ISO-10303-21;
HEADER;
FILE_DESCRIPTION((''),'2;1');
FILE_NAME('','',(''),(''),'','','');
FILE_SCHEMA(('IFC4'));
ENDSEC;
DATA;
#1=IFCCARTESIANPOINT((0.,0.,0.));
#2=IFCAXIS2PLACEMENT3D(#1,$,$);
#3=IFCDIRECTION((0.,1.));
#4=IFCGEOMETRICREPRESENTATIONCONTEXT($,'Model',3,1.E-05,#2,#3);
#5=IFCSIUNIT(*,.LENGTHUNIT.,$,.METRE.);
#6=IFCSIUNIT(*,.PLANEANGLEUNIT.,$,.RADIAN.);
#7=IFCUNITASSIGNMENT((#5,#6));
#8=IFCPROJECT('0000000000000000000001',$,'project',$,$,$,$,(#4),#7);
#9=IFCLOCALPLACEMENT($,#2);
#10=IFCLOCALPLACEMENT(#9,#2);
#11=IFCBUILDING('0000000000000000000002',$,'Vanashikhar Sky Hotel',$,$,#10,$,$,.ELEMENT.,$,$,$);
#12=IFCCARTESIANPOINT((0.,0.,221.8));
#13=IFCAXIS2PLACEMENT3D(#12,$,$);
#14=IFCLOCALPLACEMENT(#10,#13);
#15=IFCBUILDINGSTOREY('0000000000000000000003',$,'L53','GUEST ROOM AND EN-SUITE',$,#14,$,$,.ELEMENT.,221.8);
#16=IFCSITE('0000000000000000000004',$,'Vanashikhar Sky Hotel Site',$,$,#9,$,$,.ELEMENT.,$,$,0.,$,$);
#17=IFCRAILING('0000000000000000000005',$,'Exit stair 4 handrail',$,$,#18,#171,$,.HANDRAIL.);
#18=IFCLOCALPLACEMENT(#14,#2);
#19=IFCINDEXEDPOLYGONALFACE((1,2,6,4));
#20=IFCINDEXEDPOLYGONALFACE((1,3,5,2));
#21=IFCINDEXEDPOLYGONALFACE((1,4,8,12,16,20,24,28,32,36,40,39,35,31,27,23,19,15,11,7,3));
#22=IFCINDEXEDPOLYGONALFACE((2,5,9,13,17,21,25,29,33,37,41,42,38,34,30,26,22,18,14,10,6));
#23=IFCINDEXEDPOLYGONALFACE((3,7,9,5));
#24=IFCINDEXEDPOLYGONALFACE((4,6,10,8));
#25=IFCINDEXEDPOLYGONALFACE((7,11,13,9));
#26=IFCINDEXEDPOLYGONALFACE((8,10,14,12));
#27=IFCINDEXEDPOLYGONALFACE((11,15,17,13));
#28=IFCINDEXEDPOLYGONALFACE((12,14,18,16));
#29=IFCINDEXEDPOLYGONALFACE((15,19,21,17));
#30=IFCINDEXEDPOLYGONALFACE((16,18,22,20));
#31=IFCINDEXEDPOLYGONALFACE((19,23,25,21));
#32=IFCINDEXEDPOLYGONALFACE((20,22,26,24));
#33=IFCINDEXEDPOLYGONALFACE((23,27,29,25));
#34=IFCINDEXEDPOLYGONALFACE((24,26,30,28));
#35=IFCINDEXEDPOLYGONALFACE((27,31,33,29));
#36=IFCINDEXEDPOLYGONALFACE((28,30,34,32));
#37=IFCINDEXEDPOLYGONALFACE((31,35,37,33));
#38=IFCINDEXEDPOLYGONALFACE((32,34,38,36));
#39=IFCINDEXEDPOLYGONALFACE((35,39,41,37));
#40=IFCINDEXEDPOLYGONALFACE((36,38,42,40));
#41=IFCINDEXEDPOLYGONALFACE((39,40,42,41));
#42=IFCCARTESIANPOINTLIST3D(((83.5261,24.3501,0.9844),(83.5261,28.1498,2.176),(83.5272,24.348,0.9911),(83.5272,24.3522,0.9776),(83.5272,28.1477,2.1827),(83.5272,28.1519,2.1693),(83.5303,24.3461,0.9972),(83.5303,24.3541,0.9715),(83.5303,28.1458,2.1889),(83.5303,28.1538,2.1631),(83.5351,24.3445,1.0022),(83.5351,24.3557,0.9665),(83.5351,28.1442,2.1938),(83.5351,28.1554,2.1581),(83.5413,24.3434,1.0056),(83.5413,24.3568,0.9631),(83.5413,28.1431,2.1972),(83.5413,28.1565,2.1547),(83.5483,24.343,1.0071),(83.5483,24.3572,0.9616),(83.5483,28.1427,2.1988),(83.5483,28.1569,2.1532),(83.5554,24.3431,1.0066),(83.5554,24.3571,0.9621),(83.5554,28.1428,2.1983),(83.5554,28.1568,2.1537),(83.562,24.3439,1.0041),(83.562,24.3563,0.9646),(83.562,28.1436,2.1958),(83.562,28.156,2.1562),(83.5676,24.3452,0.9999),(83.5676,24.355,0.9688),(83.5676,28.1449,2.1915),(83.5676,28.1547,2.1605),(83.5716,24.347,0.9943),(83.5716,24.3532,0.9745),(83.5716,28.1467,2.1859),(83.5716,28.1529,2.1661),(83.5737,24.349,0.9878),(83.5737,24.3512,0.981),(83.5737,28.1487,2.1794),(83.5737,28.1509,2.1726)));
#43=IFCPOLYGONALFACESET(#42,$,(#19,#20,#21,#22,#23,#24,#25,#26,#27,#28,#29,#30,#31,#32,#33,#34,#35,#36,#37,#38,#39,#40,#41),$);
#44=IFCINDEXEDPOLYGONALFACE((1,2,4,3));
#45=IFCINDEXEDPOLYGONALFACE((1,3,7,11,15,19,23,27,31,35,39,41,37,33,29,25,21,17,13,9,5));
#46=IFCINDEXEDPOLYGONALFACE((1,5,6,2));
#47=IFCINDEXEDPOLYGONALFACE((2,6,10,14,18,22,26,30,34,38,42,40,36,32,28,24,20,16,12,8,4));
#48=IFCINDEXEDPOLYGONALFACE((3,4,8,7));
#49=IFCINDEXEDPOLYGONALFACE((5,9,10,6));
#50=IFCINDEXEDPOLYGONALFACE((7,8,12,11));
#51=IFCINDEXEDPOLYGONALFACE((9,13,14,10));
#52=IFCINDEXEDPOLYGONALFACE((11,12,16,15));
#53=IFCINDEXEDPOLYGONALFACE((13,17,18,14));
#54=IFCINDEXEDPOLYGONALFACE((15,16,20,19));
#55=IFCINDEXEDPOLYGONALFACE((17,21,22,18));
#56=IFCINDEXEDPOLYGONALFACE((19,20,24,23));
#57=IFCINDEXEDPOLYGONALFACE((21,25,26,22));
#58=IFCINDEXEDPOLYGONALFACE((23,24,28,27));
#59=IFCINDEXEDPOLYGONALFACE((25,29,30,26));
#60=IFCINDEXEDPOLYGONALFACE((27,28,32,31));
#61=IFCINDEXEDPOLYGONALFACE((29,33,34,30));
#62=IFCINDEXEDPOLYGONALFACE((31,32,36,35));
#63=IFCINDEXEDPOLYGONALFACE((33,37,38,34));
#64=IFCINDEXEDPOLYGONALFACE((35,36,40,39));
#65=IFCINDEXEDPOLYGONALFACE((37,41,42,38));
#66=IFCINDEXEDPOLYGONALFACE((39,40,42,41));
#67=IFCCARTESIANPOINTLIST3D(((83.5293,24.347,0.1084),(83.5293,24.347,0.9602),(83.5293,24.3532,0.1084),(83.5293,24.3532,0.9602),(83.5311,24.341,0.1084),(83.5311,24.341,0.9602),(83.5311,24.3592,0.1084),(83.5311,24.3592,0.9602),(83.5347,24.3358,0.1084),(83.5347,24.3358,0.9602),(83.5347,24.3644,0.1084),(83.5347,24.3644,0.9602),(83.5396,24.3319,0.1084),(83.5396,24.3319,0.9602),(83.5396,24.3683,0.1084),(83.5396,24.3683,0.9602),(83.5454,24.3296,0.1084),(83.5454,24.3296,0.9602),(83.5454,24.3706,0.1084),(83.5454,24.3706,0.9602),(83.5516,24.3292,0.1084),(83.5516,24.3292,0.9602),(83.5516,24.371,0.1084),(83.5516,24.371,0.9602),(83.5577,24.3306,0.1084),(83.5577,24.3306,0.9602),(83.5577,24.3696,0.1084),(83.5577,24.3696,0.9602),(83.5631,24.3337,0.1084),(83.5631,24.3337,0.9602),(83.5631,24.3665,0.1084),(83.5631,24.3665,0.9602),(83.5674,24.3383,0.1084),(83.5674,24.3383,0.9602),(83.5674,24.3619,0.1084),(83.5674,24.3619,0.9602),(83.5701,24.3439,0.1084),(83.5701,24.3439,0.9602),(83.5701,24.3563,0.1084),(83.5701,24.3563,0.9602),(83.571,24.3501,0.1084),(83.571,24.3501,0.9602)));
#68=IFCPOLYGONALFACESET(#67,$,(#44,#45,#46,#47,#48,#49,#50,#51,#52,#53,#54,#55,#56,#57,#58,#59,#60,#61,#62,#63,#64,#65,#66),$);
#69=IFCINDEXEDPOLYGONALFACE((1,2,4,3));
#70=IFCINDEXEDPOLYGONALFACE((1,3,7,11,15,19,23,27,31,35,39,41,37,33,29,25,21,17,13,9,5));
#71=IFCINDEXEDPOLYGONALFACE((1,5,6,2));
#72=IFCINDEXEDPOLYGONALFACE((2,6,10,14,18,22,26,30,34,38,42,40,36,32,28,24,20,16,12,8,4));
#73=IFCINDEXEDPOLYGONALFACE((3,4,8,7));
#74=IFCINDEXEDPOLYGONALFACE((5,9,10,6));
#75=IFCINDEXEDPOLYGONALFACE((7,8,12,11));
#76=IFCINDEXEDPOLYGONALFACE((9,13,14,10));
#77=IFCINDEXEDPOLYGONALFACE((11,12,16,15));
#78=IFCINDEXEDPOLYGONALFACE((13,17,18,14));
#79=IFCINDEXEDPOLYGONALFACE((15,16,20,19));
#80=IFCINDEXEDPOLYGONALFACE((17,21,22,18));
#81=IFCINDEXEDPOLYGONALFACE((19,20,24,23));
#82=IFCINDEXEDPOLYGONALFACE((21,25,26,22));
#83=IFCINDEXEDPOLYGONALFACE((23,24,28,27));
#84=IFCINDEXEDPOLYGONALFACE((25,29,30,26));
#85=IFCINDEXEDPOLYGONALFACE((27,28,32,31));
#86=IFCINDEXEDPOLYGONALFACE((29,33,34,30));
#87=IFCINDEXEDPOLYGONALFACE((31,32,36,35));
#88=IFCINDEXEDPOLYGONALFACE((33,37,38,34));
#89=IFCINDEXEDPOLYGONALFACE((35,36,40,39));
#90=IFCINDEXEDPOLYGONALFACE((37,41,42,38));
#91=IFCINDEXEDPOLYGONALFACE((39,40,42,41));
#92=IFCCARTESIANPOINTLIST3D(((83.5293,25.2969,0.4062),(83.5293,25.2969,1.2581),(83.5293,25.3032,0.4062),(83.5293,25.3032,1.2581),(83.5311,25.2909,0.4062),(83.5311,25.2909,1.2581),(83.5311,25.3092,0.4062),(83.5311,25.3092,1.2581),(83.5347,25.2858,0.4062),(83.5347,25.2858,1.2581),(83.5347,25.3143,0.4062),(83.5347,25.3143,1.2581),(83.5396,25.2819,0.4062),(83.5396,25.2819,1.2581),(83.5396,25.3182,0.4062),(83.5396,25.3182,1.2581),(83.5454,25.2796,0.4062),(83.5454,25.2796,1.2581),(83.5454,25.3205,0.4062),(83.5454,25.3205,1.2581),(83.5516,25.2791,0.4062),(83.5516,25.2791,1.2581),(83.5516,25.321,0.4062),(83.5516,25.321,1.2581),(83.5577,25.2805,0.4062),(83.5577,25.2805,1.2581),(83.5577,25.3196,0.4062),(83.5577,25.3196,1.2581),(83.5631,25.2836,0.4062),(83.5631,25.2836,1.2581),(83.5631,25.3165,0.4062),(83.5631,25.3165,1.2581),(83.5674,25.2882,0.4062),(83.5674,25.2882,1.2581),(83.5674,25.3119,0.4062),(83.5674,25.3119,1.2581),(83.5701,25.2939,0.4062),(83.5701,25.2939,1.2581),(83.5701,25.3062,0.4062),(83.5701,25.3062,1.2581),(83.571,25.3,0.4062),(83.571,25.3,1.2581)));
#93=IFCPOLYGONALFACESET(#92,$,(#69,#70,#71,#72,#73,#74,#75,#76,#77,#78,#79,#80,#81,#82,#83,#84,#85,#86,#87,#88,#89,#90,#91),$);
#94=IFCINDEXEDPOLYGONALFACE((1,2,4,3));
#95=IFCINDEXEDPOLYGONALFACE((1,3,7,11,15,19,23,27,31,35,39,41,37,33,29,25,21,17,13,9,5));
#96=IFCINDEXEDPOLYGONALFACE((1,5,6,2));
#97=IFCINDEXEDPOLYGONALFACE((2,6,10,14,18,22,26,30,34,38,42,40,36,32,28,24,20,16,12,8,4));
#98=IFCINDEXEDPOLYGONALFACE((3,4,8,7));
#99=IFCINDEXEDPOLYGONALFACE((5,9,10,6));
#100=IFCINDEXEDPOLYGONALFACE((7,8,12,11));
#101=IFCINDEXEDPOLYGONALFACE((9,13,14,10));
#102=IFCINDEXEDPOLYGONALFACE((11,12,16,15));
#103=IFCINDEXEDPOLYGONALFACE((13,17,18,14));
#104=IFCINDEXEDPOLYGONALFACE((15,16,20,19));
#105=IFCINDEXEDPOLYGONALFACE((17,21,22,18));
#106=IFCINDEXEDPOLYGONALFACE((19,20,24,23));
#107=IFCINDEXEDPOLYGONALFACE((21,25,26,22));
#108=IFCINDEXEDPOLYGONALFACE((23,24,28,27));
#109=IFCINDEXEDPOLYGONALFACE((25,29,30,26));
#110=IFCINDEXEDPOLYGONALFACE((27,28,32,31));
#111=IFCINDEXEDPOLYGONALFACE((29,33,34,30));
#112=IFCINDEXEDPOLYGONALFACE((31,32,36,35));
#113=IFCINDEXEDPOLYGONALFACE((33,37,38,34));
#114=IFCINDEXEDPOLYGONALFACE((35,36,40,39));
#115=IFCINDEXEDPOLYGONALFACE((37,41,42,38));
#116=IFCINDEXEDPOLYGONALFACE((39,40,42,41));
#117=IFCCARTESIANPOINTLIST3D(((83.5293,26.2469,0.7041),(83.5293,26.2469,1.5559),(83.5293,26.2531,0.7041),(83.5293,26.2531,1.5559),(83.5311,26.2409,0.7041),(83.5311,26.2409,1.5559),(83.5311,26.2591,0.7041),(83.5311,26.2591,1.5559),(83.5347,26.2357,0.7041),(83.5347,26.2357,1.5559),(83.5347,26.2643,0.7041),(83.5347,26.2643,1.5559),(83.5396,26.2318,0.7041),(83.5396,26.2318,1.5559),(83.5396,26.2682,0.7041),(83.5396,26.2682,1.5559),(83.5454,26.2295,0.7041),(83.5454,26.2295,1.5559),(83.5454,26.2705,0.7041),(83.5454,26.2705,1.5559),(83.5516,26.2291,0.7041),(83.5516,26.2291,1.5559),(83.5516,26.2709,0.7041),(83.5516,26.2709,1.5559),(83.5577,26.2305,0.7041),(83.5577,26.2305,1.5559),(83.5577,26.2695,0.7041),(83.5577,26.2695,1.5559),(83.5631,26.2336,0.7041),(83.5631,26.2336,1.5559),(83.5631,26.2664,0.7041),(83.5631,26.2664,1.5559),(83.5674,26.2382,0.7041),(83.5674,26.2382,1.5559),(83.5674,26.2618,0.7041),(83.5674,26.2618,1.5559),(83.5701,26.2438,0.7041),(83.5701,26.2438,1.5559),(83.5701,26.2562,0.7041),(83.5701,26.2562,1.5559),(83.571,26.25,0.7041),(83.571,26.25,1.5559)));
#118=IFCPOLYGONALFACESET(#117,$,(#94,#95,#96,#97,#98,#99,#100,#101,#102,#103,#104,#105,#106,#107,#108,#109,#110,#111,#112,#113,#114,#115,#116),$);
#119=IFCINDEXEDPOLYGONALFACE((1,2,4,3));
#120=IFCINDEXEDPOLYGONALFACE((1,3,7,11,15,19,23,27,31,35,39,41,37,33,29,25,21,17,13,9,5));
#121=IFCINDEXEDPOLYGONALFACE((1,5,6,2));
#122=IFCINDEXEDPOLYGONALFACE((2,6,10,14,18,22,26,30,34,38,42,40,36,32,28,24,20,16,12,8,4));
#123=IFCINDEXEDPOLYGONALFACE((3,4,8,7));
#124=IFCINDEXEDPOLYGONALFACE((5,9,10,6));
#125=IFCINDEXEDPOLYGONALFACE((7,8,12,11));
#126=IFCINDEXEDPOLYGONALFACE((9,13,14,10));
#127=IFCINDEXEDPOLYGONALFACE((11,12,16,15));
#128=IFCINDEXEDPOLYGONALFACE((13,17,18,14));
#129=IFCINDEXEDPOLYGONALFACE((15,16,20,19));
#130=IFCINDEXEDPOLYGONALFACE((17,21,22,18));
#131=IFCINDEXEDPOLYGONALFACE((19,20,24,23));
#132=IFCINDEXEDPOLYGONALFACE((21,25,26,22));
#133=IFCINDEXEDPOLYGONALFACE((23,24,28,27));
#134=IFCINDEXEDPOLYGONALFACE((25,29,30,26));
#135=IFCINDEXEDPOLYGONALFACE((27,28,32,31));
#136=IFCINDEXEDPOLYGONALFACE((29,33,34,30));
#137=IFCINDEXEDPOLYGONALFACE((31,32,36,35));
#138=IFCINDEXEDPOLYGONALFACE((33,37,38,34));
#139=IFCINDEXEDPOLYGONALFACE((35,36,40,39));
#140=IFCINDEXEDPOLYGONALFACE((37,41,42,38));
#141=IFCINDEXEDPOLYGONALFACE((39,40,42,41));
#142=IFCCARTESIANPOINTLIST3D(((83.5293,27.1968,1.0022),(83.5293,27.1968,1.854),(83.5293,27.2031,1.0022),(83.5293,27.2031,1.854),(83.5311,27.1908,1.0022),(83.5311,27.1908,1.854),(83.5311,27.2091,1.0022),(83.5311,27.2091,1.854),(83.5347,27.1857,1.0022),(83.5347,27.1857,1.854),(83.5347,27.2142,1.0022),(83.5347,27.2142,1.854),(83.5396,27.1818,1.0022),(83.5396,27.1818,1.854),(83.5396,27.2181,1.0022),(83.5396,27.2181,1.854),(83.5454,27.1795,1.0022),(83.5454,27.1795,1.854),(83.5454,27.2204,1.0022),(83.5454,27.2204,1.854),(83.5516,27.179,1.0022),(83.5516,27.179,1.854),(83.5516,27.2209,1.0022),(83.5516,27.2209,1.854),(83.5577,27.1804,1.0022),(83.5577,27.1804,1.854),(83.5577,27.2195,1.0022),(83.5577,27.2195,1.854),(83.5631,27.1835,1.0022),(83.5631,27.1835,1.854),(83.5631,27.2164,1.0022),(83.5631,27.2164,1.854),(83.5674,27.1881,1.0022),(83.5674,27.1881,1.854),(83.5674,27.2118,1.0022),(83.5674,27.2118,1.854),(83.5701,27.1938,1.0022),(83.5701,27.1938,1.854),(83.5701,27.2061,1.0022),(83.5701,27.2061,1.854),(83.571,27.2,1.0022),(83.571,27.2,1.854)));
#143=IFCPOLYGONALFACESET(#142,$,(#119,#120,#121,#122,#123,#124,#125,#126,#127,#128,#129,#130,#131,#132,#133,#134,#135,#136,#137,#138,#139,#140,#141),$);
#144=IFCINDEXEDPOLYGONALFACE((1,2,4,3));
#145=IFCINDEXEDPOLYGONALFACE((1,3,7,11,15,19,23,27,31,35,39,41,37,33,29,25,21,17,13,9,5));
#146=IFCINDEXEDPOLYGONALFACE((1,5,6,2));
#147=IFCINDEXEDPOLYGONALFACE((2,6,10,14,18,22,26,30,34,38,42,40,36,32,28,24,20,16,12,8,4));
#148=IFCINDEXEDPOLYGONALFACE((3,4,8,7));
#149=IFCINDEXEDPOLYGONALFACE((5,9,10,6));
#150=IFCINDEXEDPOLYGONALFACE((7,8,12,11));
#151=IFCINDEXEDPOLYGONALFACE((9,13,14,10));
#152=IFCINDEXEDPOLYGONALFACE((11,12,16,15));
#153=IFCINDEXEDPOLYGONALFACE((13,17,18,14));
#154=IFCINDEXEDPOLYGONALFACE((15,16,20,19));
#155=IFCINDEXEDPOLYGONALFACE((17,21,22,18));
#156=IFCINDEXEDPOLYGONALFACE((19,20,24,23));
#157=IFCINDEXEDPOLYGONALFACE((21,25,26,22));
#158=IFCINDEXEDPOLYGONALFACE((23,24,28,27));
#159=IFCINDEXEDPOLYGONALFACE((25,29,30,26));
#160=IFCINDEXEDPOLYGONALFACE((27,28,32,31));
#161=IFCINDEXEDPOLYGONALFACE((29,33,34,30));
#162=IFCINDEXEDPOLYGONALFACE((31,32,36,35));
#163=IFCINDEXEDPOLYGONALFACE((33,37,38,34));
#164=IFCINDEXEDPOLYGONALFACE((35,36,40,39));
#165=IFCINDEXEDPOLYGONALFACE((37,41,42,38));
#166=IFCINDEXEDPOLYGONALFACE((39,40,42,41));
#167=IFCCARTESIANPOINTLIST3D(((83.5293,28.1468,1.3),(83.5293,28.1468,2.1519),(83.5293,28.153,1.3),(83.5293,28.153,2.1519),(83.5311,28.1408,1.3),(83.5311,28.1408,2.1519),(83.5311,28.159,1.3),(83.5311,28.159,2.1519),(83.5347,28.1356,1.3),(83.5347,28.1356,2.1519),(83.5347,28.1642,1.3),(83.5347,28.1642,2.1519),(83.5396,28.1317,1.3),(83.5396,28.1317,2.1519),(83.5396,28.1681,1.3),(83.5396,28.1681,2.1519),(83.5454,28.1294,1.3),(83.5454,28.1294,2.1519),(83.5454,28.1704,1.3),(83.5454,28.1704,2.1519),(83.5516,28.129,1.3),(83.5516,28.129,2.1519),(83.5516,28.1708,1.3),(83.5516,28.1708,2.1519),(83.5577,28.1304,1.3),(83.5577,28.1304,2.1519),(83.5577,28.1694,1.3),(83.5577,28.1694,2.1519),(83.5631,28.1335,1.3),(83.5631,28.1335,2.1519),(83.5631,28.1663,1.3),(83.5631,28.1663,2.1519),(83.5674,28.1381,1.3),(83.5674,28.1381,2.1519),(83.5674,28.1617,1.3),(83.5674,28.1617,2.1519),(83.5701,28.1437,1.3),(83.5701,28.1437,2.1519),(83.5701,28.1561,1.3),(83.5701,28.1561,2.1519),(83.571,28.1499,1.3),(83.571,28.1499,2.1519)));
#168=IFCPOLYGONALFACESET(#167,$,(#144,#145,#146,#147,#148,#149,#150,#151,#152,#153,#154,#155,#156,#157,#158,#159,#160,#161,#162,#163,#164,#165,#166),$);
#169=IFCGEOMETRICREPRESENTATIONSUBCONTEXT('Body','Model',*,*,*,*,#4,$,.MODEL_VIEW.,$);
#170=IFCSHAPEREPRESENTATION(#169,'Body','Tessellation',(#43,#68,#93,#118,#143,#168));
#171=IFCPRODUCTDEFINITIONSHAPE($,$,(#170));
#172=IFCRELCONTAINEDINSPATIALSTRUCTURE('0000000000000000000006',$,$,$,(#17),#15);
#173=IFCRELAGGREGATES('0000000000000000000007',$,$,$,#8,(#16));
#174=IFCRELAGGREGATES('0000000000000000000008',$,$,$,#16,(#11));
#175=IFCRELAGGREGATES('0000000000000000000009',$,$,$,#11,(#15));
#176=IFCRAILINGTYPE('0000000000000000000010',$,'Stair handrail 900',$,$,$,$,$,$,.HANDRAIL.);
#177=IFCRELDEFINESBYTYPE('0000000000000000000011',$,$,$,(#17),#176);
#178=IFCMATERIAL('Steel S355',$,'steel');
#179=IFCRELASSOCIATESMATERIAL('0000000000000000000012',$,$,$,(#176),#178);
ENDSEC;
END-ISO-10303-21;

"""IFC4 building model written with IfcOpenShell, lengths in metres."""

from ifc_helpers import new_model, si_unit, direction, frame, origin, origin_2d, place, context, subcontext, project, spatial, circle, extrude, source, transform, mapped, material, type_object, element, save


model = new_model("IFC4")

# Units and contexts
model_context = context("Model", 3, precision=1e-05, world=origin(), true_north=direction((0.0, 1.0)))
body_context = subcontext(model_context, "Body", "Model", "MODEL_VIEW")
ifc_project = project(units=[si_unit("LENGTHUNIT", "METRE"), si_unit("PLANEANGLEUNIT", "RADIAN")], contexts=[model_context])

# Site, building, storey
site_placement = place(None, origin())
site = spatial("IfcSite", under=ifc_project, at=site_placement, Name="Vanashikhar Sky Hotel Site", CompositionType="ELEMENT", RefElevation=0.0)
building_placement = place(site_placement, origin())
building = spatial("IfcBuilding", under=site, at=building_placement, Name="Vanashikhar Sky Hotel", CompositionType="ELEMENT")
storey_placement = place(building_placement, frame((0.0, 0.0, 221.8)))
storey = spatial("IfcBuildingStorey", under=building, at=storey_placement, Name="L53", Description="GUEST ROOM AND EN-SUITE", CompositionType="ELEMENT", Elevation=221.8)

# Railing
ifc_material_1 = material(Name="Steel S355", Category="steel")
railing_type_1 = type_object("IfcRailingType", Name="Stair handrail 900", PredefinedType="HANDRAIL", material=ifc_material_1)
shared_shape_1 = source(origin(), body_context, "Body", "SweptSolid", [
    extrude(circle(Radius=0.0239, at=origin_2d()), frame((0.0, 0.0, 0.876), z_axis=(0.0, 0.954178, 0.299238), x_axis=(-1.0, 0.0, 0.0)), (0.0, 0.0, 1.0), 3.9822),
    extrude(circle(Radius=0.021, at=origin_2d()), origin(), (0.0, 0.0, 1.0), 0.8518),
    extrude(circle(Radius=0.021, at=origin_2d()), frame((0.0, 0.95, 0.2979)), (0.0, 0.0, 1.0), 0.8518),
    extrude(circle(Radius=0.021, at=origin_2d()), frame((0.0, 1.8999, 0.5957)), (0.0, 0.0, 1.0), 0.8518),
    extrude(circle(Radius=0.021, at=origin_2d()), frame((0.0, 2.8499, 0.8938)), (0.0, 0.0, 1.0), 0.8518),
    extrude(circle(Radius=0.021, at=origin_2d()), frame((0.0, 3.7998, 1.1917)), (0.0, 0.0, 1.0), 0.8518),
])
for number, where, name in (
    (1, (83.55, 24.3501, 0.1084), "Exit stair 4 handrail"),
):
    element("IfcRailing", number, at=place(storey_placement, frame(where)), inside=storey, type_object=railing_type_1, Name=name, PredefinedType="HANDRAIL", context=body_context, shape_type="MappedRepresentation", body=[
        mapped(shared_shape_1, transform((0.0, 0.0, 0.0), scale=1.0)),
    ])

save(model, "model.ifc")
